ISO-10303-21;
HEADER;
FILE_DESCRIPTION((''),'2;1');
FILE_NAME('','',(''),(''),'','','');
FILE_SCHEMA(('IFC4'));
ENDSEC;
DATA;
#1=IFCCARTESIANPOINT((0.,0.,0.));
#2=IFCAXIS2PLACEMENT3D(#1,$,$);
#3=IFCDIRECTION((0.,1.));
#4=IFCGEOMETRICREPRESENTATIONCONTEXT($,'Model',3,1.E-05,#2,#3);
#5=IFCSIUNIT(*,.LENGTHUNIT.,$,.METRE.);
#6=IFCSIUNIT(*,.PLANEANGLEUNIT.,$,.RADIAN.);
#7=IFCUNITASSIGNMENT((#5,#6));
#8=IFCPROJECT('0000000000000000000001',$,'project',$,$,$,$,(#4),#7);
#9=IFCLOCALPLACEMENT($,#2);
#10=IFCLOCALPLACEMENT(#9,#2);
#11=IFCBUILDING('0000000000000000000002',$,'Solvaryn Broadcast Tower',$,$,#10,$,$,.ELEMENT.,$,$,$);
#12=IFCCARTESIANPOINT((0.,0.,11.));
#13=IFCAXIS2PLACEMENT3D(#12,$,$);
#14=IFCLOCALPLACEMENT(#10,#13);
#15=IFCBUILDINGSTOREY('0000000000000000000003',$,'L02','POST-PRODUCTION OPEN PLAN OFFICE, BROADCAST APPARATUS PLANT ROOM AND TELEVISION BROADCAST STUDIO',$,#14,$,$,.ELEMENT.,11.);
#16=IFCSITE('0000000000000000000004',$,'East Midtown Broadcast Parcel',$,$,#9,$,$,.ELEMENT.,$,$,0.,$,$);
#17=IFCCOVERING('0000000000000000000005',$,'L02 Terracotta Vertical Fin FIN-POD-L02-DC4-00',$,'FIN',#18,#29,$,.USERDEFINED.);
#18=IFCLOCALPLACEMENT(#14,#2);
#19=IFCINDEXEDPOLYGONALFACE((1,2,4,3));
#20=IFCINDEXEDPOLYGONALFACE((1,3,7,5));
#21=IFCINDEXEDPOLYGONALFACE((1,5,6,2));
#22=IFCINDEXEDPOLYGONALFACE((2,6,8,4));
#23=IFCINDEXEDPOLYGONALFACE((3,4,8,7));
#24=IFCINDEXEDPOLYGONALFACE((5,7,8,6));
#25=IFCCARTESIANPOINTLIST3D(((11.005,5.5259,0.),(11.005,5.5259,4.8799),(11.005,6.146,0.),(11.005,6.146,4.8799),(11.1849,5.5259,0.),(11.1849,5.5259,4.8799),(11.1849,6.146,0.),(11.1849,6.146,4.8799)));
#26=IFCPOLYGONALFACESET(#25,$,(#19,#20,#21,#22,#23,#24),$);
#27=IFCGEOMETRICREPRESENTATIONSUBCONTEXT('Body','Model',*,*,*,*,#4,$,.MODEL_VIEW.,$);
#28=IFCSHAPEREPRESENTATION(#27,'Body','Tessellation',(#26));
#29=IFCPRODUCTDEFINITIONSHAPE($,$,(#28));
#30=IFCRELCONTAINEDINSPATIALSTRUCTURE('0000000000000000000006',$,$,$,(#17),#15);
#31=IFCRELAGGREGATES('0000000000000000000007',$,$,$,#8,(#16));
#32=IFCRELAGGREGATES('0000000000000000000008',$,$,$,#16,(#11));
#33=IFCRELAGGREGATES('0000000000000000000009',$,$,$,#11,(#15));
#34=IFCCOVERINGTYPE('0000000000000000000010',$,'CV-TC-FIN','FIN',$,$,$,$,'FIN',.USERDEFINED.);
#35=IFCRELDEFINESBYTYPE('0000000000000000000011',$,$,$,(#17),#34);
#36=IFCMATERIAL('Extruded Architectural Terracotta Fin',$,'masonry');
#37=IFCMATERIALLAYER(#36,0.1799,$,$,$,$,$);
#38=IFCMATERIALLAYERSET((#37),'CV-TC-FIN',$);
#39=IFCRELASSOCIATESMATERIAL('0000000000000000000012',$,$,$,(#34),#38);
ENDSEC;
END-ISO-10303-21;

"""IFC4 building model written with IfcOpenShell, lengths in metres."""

from ifc_helpers import new_model, si_unit, direction, frame, origin, origin_2d, place, context, subcontext, project, spatial, rectangle, extrude, material, layer, layer_set, type_object, element, save


model = new_model("IFC4")

# Units and contexts
model_context = context("Model", 3, precision=1e-05, world=origin(), true_north=direction((0.0, 1.0)))
body_context = subcontext(model_context, "Body", "Model", "MODEL_VIEW")
ifc_project = project(units=[si_unit("LENGTHUNIT", "METRE"), si_unit("PLANEANGLEUNIT", "RADIAN")], contexts=[model_context])

# Site, building, storey
site_placement = place(None, origin())
site = spatial("IfcSite", under=ifc_project, at=site_placement, Name="East Midtown Broadcast Parcel", CompositionType="ELEMENT", RefElevation=0.0)
building_placement = place(site_placement, origin())
building = spatial("IfcBuilding", under=site, at=building_placement, Name="Solvaryn Broadcast Tower", CompositionType="ELEMENT")
storey_placement = place(building_placement, frame((0.0, 0.0, 11.0)))
storey = spatial("IfcBuildingStorey", under=building, at=storey_placement, Name="L02", Description="POST-PRODUCTION OPEN PLAN OFFICE, BROADCAST APPARATUS PLANT ROOM AND TELEVISION BROADCAST STUDIO", CompositionType="ELEMENT", Elevation=11.0)

# Covering
ifc_material_1 = material(Name="Extruded Architectural Terracotta Fin", Category="masonry")
ifc_layer_1 = layer(ifc_material_1, 0.1799)
ifc_layer_set_1 = layer_set([ifc_layer_1], Name="CV-TC-FIN")
covering_type = type_object("IfcCoveringType", Name="CV-TC-FIN", Description="FIN", ElementType="FIN", PredefinedType="USERDEFINED", material=ifc_layer_set_1)
covering_1_placement = place(storey_placement, frame((11.095, 5.8359, 0.0), z_axis=(0.0, 0.0, 1.0), x_axis=(1.0, 0.0, 0.0)))
element("IfcCovering", 1, at=covering_1_placement, inside=storey, type_object=covering_type, Name="L02 Terracotta Vertical Fin FIN-POD-L02-DC4-00", ObjectType="FIN", PredefinedType="USERDEFINED", context=body_context, shape_type="SweptSolid", body=[
    extrude(rectangle(XDim=0.1799, YDim=0.6201, at=origin_2d()), origin(), (0.0, 0.0, 1.0), 4.8799),
])

save(model, "model.ifc")
